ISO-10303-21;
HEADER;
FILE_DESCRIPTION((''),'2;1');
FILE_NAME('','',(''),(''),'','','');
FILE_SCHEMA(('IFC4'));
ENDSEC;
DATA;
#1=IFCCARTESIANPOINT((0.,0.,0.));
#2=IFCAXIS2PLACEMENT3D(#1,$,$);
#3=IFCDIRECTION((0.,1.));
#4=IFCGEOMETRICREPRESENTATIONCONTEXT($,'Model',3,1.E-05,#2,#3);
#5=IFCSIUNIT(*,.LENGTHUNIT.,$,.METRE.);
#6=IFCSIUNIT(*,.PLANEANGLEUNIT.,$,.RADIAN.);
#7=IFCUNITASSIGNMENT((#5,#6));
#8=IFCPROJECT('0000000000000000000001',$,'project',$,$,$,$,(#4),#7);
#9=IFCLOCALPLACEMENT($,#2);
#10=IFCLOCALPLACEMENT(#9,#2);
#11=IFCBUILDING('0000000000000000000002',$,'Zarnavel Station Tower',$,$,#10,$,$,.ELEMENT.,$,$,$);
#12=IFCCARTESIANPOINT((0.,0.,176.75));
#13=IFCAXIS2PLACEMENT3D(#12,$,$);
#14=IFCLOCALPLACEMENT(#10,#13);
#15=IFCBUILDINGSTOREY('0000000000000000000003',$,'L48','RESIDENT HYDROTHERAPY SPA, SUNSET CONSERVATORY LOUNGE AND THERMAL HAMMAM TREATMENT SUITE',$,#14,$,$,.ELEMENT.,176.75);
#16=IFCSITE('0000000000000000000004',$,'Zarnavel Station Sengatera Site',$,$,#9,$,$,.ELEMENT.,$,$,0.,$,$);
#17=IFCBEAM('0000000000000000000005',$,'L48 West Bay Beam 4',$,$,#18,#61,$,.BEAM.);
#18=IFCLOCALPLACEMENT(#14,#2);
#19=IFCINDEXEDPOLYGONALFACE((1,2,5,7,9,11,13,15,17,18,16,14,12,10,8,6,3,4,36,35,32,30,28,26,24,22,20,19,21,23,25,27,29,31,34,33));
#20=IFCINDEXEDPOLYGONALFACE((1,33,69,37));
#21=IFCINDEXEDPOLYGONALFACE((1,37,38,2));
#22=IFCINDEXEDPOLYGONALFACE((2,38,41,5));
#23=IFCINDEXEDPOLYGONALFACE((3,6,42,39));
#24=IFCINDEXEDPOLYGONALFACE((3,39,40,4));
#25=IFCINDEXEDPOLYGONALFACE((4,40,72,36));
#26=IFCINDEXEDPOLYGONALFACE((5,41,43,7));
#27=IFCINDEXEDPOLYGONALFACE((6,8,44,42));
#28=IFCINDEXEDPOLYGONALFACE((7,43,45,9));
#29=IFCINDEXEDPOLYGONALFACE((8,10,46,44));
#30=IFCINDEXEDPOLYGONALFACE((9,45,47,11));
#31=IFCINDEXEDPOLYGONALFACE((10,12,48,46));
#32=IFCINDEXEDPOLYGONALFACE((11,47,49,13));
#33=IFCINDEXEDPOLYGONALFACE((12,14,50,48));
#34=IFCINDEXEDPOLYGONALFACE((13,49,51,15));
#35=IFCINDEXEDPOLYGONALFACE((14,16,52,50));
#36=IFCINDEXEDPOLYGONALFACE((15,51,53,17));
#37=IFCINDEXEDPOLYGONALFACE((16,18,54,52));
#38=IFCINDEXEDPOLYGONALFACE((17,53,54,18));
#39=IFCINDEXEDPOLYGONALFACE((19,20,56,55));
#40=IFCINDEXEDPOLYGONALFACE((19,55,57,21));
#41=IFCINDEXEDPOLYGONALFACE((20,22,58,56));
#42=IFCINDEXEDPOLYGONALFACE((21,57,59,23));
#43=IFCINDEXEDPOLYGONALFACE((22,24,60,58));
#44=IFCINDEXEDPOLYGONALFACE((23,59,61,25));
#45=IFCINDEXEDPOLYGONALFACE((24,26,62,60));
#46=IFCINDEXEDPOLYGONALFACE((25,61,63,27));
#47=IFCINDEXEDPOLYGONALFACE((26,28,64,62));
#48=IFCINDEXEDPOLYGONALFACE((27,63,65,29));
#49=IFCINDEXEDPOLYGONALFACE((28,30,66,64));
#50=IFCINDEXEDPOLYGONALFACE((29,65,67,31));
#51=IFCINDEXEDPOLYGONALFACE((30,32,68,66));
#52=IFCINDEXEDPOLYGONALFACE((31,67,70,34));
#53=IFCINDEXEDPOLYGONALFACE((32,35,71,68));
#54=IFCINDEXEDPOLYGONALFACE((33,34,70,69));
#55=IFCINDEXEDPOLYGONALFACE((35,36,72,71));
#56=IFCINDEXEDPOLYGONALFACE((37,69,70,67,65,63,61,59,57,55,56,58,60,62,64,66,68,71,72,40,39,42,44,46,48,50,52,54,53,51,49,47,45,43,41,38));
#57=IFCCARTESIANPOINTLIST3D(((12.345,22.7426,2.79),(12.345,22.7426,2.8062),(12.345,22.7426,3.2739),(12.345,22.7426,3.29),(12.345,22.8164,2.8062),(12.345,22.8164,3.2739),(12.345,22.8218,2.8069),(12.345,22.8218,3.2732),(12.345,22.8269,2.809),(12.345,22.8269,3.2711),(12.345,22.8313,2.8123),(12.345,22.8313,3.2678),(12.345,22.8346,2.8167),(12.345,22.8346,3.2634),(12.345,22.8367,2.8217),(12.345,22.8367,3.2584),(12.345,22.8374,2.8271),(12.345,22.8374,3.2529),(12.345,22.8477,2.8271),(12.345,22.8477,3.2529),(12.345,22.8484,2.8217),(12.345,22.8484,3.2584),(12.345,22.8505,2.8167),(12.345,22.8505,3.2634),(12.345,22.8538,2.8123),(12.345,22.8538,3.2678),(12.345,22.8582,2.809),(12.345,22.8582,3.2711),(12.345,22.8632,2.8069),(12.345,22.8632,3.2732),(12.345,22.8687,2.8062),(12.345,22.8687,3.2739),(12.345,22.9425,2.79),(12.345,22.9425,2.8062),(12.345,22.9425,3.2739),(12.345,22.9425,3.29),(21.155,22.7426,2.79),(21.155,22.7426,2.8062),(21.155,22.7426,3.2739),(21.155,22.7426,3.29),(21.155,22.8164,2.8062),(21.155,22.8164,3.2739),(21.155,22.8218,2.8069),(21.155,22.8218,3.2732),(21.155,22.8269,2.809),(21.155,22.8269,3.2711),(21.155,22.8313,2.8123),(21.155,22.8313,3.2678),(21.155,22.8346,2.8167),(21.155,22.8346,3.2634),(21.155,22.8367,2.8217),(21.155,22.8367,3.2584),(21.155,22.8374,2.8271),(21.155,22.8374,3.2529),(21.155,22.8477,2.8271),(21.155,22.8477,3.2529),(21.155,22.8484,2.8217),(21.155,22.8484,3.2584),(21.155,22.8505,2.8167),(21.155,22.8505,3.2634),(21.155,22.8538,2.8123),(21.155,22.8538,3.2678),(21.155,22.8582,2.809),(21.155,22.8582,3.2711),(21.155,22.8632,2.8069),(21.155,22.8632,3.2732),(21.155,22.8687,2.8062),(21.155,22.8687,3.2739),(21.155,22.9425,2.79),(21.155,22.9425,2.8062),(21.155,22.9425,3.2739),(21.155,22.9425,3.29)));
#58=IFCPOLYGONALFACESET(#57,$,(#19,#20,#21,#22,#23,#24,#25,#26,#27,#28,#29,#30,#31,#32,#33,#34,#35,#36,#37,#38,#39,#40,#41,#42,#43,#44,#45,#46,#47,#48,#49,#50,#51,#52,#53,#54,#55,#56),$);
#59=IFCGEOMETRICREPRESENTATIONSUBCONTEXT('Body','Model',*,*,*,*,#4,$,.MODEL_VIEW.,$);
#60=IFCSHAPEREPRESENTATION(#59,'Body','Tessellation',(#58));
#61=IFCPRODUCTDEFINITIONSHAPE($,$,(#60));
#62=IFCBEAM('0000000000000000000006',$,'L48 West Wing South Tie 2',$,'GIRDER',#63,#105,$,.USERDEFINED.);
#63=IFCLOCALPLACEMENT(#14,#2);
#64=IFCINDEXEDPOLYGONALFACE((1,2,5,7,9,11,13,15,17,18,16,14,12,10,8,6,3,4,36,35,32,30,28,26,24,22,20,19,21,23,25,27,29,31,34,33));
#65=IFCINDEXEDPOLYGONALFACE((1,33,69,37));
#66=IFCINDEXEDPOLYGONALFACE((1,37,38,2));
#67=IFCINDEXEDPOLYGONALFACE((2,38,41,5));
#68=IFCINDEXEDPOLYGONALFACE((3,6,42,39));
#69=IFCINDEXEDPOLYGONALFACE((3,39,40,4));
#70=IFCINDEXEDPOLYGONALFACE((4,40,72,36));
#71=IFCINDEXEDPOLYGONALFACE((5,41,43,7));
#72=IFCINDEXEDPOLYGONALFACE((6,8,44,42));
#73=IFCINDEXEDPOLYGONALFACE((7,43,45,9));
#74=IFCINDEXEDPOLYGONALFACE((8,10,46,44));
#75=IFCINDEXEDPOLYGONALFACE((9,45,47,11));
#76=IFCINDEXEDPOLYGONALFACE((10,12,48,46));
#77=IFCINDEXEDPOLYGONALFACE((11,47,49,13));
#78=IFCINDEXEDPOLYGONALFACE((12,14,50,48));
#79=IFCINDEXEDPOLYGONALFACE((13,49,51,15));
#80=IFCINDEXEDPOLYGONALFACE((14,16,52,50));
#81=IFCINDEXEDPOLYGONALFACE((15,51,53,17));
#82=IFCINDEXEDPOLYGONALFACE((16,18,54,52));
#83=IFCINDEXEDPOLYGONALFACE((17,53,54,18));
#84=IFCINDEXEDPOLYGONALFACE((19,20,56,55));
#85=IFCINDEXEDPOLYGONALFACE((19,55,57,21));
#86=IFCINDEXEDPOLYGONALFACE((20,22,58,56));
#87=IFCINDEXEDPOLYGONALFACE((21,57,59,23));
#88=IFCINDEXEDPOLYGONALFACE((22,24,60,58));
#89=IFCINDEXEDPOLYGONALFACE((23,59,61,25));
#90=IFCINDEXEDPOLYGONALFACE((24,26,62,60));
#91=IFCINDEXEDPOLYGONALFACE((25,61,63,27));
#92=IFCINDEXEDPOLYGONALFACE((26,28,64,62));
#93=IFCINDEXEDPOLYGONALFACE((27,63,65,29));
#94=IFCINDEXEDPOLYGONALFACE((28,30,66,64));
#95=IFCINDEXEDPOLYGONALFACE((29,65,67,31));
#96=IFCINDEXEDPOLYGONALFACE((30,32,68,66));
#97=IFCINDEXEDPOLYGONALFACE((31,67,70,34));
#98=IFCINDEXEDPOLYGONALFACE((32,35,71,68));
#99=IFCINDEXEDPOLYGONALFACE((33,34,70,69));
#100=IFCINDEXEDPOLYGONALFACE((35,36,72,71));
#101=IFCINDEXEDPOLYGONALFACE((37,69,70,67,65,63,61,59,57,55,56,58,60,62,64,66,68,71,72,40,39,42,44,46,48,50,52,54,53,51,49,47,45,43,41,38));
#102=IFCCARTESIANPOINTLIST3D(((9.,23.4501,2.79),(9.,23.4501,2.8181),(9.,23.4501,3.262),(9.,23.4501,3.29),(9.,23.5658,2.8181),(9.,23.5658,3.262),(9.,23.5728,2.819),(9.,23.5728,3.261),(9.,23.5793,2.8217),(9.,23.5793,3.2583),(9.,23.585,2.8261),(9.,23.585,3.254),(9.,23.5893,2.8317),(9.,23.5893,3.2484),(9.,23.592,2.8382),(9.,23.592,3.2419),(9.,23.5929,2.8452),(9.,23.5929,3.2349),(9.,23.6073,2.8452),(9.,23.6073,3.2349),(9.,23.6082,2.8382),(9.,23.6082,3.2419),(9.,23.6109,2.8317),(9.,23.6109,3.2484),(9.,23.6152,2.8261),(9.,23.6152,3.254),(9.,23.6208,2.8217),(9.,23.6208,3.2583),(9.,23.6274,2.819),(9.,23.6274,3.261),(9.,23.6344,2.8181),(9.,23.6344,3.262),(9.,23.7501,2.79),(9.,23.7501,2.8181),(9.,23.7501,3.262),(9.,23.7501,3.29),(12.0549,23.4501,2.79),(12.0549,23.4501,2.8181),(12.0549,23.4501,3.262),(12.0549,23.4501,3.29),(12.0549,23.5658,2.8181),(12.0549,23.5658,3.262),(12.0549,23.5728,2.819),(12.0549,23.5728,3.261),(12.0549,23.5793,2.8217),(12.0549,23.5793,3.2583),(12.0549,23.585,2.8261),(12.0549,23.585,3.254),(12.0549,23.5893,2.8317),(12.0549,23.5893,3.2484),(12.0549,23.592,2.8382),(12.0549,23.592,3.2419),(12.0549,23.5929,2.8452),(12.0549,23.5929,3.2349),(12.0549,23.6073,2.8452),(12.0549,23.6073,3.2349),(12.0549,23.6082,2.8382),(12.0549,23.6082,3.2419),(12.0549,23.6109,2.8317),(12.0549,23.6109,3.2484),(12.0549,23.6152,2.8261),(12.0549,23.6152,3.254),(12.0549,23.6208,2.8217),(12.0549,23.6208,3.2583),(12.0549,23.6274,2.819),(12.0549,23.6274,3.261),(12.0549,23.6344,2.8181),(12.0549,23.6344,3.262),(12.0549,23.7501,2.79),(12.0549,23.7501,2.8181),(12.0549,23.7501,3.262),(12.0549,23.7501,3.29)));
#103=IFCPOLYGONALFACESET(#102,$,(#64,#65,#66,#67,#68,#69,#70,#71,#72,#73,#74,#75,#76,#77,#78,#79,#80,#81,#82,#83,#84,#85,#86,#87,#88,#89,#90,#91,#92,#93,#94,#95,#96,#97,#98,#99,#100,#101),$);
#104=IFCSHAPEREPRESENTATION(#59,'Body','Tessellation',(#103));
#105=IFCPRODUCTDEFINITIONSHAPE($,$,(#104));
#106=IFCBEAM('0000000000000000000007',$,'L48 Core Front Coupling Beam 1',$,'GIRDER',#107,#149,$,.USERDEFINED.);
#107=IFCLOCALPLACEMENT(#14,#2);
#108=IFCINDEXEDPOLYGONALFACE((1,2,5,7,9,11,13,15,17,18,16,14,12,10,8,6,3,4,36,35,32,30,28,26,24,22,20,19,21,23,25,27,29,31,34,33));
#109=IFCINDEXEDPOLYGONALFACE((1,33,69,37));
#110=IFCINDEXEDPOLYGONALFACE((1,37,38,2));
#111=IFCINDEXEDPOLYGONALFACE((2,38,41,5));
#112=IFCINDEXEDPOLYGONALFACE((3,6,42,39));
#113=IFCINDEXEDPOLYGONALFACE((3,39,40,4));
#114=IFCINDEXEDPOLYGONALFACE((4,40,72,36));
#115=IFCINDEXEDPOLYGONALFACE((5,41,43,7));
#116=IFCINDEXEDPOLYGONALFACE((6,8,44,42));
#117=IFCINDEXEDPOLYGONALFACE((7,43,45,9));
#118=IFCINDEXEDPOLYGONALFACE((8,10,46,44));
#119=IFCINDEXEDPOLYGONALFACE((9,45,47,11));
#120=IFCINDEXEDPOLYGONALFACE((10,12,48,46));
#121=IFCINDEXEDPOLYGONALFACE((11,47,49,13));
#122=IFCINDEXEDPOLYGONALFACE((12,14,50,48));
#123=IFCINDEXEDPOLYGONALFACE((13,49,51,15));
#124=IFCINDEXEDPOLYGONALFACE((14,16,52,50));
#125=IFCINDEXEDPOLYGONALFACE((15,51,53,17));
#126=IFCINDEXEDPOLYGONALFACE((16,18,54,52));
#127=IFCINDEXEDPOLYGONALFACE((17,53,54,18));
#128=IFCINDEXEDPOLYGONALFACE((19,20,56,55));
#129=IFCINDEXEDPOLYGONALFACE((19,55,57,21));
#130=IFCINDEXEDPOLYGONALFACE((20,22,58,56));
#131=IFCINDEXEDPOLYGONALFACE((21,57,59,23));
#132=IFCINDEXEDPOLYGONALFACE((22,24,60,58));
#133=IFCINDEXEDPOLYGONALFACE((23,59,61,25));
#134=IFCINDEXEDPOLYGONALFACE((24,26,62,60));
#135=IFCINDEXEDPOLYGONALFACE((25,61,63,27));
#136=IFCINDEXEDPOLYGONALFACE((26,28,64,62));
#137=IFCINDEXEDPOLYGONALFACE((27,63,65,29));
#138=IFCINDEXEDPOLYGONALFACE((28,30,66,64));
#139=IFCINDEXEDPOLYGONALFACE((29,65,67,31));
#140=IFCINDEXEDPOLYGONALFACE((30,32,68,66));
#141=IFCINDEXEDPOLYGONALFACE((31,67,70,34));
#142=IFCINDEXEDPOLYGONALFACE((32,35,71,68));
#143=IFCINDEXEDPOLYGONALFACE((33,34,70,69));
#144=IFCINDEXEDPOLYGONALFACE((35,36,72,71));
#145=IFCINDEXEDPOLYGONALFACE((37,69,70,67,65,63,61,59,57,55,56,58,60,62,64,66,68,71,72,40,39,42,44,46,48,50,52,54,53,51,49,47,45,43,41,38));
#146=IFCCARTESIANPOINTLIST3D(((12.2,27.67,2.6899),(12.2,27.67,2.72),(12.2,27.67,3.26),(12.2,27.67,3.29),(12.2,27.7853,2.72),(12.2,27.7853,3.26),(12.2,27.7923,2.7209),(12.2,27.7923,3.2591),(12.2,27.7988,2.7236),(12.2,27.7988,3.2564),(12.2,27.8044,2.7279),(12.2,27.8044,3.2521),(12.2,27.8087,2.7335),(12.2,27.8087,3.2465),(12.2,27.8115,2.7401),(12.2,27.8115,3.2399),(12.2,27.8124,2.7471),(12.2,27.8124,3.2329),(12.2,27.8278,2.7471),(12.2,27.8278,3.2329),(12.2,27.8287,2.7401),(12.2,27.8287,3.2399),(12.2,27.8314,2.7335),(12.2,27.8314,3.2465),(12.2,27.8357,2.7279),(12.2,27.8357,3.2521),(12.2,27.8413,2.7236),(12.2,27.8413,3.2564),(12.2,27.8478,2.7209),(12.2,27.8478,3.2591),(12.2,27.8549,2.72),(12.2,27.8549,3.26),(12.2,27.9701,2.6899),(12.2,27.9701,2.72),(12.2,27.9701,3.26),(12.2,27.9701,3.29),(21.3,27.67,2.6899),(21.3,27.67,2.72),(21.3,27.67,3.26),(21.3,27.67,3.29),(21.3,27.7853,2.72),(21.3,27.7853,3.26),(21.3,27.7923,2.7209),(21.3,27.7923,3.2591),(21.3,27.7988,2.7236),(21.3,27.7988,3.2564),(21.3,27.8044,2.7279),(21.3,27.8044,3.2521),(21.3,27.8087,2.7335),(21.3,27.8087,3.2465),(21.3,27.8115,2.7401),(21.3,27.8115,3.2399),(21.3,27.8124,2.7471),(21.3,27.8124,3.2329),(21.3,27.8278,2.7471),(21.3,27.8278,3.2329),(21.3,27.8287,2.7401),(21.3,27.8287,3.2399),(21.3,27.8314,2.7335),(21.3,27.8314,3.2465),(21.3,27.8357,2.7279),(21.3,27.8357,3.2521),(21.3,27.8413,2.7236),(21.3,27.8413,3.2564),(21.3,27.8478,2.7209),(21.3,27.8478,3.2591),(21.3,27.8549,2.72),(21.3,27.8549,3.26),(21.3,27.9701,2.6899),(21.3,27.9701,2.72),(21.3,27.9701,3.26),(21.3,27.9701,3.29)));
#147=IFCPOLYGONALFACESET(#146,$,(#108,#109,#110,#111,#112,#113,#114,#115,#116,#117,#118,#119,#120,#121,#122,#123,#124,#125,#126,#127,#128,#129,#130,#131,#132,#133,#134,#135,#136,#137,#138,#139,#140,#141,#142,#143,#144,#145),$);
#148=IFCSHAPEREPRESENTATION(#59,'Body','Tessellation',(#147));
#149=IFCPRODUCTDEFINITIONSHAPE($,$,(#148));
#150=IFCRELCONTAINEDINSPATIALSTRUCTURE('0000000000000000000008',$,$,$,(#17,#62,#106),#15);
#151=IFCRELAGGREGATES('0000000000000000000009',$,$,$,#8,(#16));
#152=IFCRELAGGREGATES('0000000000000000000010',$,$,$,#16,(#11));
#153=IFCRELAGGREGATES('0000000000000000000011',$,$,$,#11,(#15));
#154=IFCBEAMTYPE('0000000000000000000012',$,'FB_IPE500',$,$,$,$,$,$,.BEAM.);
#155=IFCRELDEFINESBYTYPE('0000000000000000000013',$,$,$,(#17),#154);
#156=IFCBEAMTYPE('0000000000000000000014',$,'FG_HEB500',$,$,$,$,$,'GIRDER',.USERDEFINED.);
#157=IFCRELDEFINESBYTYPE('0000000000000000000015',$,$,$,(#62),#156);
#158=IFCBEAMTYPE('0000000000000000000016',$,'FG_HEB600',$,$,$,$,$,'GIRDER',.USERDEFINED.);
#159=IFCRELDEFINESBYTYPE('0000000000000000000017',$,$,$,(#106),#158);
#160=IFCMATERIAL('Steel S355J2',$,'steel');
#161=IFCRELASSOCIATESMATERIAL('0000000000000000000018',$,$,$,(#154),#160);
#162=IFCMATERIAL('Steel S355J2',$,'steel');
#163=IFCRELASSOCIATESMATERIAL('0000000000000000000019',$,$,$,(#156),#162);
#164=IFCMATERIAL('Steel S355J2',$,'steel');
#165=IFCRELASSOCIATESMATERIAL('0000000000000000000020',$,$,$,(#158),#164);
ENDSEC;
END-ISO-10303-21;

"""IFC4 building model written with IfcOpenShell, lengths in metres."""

from ifc_helpers import new_model, si_unit, direction, frame, origin, origin_2d, place, context, subcontext, project, spatial, i_section, extrude, material, material_profile, profile_set, type_object, element, save


model = new_model("IFC4")

# Units and contexts
model_context = context("Model", 3, precision=1e-05, world=origin(), true_north=direction((0.0, 1.0)))
body_context = subcontext(model_context, "Body", "Model", "MODEL_VIEW")
ifc_project = project(units=[si_unit("LENGTHUNIT", "METRE"), si_unit("PLANEANGLEUNIT", "RADIAN")], contexts=[model_context])

# Site, building, storey
site_placement = place(None, origin())
site = spatial("IfcSite", under=ifc_project, at=site_placement, Name="Zarnavel Station Sengatera Site", CompositionType="ELEMENT", RefElevation=0.0)
building_placement = place(site_placement, origin())
building = spatial("IfcBuilding", under=site, at=building_placement, Name="Zarnavel Station Tower", CompositionType="ELEMENT")
storey_placement = place(building_placement, frame((0.0, 0.0, 176.75)))
storey = spatial("IfcBuildingStorey", under=building, at=storey_placement, Name="L48", Description="RESIDENT HYDROTHERAPY SPA, SUNSET CONSERVATORY LOUNGE AND THERMAL HAMMAM TREATMENT SUITE", CompositionType="ELEMENT", Elevation=176.75)

# Beams
ifc_material_1 = material(Name="Steel S355J2", Category="steel")
ifc_material_profile_1 = material_profile(ifc_material_1, i_section(OverallWidth=0.2, OverallDepth=0.5, WebThickness=0.0103, FlangeThickness=0.0161, FilletRadius=0.021, at=origin_2d()), Name="IPE500")
ifc_profile_set_1 = profile_set([ifc_material_profile_1], Name="Steel S355J2")
beam_type_1 = type_object("IfcBeamType", Name="FB_IPE500", PredefinedType="BEAM", material=ifc_profile_set_1)
beam_1_placement = place(storey_placement, frame((12.345, 22.8425, 3.04), z_axis=(1.0, 0.0, 0.0), x_axis=(0.0, 1.0, 0.0)))
element("IfcBeam", 1, at=beam_1_placement, inside=storey, type_object=beam_type_1, Name="L48 West Bay Beam 4", PredefinedType="BEAM", context=body_context, shape_type="SweptSolid", body=[
    extrude(i_section(OverallWidth=0.2, OverallDepth=0.5, WebThickness=0.0103, FlangeThickness=0.0161, FilletRadius=0.021, at=origin_2d()), origin(), (0.0, 0.0, 1.0), 8.8101),
])
ifc_material_2 = material(Name="Steel S355J2", Category="steel")
ifc_material_profile_2 = material_profile(ifc_material_2, i_section(OverallWidth=0.3, OverallDepth=0.5, WebThickness=0.0144, FlangeThickness=0.0281, FilletRadius=0.0271, at=origin_2d()), Name="HEB500")
ifc_profile_set_2 = profile_set([ifc_material_profile_2], Name="Steel S355J2")
beam_type_2 = type_object("IfcBeamType", Name="FG_HEB500", ElementType="GIRDER", PredefinedType="USERDEFINED", material=ifc_profile_set_2)
beam_2_placement = place(storey_placement, frame((9.0, 23.6001, 3.04), z_axis=(1.0, 0.0, 0.0), x_axis=(0.0, 1.0, 0.0)))
element("IfcBeam", 2, at=beam_2_placement, inside=storey, type_object=beam_type_2, Name="L48 West Wing South Tie 2", ObjectType="GIRDER", PredefinedType="USERDEFINED", context=body_context, shape_type="SweptSolid", body=[
    extrude(i_section(OverallWidth=0.3, OverallDepth=0.5, WebThickness=0.0144, FlangeThickness=0.0281, FilletRadius=0.0271, at=origin_2d()), origin(), (0.0, 0.0, 1.0), 3.0549),
])
ifc_material_3 = material(Name="Steel S355J2", Category="steel")
ifc_material_profile_3 = material_profile(ifc_material_3, i_section(OverallWidth=0.3, OverallDepth=0.6001, WebThickness=0.0154, FlangeThickness=0.03, FilletRadius=0.0271, at=origin_2d()), Name="HEB600")
ifc_profile_set_3 = profile_set([ifc_material_profile_3], Name="Steel S355J2")
beam_type_3 = type_object("IfcBeamType", Name="FG_HEB600", ElementType="GIRDER", PredefinedType="USERDEFINED", material=ifc_profile_set_3)
beam_3_placement = place(storey_placement, frame((12.2, 27.8201, 2.99), z_axis=(1.0, 0.0, 0.0), x_axis=(0.0, 1.0, 0.0)))
element("IfcBeam", 3, at=beam_3_placement, inside=storey, type_object=beam_type_3, Name="L48 Core Front Coupling Beam 1", ObjectType="GIRDER", PredefinedType="USERDEFINED", context=body_context, shape_type="SweptSolid", body=[
    extrude(i_section(OverallWidth=0.3, OverallDepth=0.6001, WebThickness=0.0154, FlangeThickness=0.03, FilletRadius=0.0271, at=origin_2d()), origin(), (0.0, 0.0, 1.0), 9.1001),
])

save(model, "model.ifc")
